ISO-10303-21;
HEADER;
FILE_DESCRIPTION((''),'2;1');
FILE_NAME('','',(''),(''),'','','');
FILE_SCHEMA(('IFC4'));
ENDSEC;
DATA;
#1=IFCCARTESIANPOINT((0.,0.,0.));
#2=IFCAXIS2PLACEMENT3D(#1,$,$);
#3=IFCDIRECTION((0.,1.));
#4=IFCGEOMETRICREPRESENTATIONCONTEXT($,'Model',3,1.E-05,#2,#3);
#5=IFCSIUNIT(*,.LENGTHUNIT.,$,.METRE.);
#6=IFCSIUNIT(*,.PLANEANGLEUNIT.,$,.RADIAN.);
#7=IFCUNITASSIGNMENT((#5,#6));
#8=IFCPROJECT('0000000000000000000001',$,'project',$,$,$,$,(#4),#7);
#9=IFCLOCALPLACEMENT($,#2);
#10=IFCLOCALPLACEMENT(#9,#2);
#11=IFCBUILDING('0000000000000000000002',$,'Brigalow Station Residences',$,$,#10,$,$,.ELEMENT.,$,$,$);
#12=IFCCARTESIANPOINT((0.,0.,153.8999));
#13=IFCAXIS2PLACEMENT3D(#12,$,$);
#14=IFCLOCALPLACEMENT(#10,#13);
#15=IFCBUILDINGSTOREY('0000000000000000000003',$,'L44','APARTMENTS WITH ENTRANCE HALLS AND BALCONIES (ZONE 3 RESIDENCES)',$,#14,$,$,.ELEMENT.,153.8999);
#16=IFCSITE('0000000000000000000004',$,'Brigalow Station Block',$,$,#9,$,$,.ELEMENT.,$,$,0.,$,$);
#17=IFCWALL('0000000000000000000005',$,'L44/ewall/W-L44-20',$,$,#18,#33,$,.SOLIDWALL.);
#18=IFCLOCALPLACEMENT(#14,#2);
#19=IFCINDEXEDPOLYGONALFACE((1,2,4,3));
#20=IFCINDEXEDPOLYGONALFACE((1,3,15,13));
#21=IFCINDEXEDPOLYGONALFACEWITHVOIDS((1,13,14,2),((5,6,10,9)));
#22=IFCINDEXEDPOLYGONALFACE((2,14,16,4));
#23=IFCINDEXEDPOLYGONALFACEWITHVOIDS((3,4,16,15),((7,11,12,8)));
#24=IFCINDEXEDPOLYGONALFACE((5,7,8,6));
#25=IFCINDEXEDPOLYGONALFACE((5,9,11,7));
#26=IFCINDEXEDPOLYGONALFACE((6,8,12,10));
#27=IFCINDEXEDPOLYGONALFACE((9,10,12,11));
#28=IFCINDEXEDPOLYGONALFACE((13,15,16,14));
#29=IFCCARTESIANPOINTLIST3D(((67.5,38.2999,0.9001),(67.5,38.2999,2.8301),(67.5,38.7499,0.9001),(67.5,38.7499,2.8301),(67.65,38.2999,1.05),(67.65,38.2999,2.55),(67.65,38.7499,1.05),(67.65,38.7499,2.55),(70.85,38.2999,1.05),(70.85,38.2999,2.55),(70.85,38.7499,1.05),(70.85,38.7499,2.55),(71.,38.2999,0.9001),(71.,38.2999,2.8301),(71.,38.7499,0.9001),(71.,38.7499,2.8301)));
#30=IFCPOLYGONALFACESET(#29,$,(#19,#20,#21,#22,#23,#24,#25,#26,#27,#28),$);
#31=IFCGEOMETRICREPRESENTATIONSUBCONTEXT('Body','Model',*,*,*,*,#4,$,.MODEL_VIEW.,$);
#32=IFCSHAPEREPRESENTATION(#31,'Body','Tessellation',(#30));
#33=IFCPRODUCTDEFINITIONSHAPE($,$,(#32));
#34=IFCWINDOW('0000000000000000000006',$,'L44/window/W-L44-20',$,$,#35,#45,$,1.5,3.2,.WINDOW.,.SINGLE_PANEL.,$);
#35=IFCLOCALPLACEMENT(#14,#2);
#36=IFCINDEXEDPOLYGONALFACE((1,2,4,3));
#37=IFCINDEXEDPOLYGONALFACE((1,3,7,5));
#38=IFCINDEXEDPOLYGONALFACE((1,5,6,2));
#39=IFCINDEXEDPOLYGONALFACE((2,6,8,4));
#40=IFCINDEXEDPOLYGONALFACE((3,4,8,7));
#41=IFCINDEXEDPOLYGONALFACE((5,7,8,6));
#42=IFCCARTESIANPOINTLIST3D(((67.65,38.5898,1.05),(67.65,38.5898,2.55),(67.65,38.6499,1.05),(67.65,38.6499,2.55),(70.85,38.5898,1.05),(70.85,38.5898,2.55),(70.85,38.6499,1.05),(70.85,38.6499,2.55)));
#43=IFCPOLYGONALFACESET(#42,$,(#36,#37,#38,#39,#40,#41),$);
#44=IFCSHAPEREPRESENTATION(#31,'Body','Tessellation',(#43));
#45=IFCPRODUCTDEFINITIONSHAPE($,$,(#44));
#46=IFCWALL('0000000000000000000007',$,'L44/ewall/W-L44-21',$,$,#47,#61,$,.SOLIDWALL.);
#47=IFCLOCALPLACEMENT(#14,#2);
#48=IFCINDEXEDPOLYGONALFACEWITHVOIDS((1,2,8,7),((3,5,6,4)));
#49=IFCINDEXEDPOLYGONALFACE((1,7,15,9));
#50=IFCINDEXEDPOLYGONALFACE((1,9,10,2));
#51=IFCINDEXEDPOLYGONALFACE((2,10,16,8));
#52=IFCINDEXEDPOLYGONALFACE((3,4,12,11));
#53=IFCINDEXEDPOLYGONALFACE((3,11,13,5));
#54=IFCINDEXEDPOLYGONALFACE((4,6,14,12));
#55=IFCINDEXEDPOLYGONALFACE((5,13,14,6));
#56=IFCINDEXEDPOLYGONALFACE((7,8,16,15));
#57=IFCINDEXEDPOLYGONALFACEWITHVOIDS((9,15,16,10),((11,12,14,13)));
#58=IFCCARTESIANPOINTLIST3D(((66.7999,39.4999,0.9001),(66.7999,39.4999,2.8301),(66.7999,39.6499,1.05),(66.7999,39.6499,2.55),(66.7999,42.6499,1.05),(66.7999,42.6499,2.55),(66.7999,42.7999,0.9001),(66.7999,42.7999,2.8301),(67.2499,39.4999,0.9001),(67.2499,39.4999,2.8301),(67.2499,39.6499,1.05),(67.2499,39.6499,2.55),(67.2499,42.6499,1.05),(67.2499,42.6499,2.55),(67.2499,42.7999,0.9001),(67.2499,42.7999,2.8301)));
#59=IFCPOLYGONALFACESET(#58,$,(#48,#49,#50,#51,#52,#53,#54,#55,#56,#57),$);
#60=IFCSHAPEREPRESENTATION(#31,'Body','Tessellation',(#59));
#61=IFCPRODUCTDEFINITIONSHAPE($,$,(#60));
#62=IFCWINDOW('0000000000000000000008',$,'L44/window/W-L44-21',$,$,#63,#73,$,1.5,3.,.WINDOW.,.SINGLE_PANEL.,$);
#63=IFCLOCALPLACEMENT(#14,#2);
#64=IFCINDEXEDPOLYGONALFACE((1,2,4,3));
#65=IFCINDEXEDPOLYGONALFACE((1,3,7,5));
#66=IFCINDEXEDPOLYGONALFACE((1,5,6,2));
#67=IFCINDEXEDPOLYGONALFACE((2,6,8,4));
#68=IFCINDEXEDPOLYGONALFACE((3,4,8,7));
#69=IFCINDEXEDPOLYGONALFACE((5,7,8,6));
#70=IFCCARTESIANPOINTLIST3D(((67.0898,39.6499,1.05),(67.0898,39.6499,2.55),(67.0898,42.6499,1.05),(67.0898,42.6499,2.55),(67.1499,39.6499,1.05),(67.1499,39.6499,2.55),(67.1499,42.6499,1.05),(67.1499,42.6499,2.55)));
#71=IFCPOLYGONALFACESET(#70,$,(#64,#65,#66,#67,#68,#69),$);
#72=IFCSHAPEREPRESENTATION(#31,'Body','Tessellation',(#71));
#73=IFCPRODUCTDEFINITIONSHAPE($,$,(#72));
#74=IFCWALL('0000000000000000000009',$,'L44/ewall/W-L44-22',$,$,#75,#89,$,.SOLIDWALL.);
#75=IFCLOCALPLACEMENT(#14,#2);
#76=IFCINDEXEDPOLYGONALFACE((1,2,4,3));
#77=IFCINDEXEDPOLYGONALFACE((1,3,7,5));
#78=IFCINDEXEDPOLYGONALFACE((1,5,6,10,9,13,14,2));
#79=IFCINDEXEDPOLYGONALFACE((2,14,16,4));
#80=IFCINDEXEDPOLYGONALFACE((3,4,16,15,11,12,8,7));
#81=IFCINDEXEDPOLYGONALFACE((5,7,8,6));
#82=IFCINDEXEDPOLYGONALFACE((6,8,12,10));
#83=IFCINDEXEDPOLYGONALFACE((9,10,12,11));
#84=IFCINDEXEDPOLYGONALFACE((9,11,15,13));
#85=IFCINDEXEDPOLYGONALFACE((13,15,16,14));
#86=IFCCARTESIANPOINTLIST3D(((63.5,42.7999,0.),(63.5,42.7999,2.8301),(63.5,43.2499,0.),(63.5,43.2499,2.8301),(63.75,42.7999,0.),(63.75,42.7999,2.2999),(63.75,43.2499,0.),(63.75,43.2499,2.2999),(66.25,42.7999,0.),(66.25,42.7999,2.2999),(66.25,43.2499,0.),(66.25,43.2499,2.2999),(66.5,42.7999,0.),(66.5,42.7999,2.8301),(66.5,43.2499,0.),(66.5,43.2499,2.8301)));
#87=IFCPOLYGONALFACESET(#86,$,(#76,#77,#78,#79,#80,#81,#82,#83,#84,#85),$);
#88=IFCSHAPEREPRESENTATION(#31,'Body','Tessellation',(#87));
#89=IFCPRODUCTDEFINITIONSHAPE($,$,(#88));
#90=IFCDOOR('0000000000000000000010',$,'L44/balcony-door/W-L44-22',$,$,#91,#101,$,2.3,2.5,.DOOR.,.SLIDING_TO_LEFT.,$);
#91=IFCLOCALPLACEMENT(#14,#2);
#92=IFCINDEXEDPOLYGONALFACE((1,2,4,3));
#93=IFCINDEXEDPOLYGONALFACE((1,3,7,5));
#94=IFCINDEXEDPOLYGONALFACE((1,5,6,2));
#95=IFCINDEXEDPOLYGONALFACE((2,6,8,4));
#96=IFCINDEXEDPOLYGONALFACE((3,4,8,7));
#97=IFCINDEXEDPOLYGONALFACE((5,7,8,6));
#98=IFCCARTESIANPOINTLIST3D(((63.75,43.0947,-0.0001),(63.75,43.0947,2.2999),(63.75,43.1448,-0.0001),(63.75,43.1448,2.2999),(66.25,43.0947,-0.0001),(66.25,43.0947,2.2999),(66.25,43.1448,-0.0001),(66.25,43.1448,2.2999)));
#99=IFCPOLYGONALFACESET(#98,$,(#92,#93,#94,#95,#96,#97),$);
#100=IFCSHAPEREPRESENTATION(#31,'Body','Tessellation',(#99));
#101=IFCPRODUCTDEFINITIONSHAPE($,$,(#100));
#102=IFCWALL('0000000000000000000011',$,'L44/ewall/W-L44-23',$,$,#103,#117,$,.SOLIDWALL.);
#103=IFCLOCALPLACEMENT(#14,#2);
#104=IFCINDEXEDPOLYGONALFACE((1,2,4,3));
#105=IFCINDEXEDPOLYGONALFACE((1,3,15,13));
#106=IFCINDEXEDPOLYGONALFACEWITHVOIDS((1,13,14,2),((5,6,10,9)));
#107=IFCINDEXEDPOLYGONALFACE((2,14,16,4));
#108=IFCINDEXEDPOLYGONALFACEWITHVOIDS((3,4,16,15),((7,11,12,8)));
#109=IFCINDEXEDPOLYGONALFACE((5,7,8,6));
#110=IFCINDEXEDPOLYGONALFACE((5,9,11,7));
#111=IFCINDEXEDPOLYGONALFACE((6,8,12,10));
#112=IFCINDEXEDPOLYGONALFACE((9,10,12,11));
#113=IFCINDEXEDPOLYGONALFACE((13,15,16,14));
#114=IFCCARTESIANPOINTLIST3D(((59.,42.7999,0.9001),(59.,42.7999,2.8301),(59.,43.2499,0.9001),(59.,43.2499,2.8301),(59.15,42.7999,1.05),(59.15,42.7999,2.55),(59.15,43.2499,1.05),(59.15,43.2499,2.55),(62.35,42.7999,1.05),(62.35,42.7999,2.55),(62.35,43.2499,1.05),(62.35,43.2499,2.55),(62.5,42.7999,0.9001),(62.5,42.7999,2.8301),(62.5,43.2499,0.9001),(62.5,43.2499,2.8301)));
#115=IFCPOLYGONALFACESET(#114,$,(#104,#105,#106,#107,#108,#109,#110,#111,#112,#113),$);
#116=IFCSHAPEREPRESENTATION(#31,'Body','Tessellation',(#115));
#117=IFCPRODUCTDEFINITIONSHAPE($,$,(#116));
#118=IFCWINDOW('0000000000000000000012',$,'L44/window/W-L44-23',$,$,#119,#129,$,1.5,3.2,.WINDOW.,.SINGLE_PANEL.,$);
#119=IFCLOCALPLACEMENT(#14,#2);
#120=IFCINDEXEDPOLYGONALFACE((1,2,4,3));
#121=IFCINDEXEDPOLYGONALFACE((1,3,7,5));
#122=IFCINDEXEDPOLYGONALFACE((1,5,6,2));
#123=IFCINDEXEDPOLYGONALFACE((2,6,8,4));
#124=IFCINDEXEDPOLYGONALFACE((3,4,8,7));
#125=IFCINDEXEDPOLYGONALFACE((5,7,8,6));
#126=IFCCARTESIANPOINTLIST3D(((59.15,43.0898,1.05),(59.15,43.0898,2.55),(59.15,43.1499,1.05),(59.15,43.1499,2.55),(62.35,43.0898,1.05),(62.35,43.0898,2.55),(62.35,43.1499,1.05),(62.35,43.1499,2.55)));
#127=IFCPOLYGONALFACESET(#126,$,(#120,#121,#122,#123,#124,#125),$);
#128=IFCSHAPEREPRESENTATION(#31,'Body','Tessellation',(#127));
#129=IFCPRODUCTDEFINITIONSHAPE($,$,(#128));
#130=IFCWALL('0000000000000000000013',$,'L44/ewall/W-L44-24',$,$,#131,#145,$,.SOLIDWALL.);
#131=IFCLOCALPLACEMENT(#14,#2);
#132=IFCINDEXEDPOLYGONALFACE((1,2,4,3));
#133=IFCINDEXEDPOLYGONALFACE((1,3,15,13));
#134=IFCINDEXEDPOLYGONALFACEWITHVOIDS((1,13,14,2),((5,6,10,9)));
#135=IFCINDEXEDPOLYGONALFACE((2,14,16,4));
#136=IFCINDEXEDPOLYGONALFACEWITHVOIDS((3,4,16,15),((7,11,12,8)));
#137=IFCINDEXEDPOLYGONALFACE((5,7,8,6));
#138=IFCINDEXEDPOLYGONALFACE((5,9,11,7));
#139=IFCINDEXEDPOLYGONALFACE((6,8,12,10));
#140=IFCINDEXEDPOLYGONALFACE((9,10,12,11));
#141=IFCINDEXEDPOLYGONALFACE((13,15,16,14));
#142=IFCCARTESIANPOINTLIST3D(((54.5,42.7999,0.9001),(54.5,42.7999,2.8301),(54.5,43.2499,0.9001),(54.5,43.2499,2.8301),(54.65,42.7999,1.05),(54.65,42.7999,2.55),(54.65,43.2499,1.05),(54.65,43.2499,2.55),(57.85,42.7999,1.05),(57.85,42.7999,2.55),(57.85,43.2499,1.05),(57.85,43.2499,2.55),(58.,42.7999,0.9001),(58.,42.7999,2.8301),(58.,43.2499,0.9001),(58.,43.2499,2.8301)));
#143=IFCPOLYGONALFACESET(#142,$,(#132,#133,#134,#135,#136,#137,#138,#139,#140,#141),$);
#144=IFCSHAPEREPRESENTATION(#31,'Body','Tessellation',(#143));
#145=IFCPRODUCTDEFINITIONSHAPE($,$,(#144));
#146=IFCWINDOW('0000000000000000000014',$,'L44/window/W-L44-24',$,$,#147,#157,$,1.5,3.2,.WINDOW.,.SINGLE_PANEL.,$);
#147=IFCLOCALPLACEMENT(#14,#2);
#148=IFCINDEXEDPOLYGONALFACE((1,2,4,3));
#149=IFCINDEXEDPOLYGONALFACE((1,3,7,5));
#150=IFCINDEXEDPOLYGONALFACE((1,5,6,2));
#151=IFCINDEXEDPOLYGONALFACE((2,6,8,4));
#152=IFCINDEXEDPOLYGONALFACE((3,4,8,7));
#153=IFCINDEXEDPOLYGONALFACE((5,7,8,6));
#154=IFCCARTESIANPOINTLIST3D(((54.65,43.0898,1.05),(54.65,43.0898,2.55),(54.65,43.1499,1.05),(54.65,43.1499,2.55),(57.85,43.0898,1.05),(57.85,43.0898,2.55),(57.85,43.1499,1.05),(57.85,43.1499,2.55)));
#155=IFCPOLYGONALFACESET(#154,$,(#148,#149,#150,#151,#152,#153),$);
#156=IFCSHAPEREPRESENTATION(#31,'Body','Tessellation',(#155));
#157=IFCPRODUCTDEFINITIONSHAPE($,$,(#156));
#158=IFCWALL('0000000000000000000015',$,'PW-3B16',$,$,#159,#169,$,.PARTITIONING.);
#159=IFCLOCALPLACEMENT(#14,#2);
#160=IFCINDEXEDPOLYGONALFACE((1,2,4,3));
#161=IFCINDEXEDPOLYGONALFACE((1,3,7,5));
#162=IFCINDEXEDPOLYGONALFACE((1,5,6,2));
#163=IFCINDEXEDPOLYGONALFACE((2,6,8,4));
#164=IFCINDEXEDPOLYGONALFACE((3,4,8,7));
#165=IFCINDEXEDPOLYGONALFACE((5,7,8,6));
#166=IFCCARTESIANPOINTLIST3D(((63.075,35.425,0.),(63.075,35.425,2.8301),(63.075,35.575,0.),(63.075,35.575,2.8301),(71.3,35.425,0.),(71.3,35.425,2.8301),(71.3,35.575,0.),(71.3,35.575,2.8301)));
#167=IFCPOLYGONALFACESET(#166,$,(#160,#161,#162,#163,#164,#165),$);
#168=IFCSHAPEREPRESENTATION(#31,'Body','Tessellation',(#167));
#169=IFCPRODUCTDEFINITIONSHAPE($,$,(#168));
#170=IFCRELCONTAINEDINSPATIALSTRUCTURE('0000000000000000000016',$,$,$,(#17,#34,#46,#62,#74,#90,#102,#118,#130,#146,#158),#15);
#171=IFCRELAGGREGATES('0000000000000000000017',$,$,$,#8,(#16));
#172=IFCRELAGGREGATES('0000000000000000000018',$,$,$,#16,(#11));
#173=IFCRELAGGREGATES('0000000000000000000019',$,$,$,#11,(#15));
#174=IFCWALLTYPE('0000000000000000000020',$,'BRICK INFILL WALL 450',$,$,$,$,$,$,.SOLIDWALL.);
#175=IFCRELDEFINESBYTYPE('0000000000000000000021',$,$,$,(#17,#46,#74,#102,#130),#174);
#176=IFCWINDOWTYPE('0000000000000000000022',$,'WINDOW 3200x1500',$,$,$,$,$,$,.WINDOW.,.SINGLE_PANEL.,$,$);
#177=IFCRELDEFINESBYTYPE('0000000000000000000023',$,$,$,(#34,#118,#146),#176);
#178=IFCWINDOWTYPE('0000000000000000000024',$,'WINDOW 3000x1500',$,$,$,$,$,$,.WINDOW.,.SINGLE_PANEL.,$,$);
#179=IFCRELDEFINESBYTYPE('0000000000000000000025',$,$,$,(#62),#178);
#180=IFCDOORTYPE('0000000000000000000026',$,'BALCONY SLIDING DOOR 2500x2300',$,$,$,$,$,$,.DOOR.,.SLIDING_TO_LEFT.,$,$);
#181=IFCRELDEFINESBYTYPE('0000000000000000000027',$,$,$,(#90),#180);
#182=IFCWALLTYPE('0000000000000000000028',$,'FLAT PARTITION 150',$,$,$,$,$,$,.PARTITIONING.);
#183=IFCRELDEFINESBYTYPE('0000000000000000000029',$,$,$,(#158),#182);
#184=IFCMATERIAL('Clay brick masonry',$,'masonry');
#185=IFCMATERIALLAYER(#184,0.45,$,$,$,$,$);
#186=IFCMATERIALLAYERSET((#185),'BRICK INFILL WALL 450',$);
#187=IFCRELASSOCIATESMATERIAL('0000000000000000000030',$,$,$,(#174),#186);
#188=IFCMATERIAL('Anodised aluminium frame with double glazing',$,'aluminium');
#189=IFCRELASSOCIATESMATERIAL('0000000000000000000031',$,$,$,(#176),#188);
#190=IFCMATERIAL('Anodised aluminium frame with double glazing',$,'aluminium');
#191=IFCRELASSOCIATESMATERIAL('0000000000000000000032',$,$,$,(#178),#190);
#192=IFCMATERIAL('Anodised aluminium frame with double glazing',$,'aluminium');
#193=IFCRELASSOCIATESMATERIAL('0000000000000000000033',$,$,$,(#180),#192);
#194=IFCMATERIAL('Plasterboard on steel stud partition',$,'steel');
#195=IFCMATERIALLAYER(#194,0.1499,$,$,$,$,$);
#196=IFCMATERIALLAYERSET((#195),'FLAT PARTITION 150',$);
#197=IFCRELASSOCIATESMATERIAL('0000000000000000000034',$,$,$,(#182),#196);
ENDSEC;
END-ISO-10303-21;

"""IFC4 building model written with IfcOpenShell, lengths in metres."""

from ifc_helpers import new_model, si_unit, direction, frame, frame_2d, origin, place, context, subcontext, project, spatial, rectangle, extrude, material, layer, layer_set, type_object, element, fill, save


model = new_model("IFC4")

# Units and contexts
model_context = context("Model", 3, precision=1e-05, world=origin(), true_north=direction((0.0, 1.0)))
body_context = subcontext(model_context, "Body", "Model", "MODEL_VIEW")
ifc_project = project(units=[si_unit("LENGTHUNIT", "METRE"), si_unit("PLANEANGLEUNIT", "RADIAN")], contexts=[model_context])

# Site, building, storey
site_placement = place(None, origin())
site = spatial("IfcSite", under=ifc_project, at=site_placement, Name="Brigalow Station Block", CompositionType="ELEMENT", RefElevation=0.0)
building_placement = place(site_placement, origin())
building = spatial("IfcBuilding", under=site, at=building_placement, Name="Brigalow Station Residences", CompositionType="ELEMENT")
storey_placement = place(building_placement, frame((0.0, 0.0, 153.8999)))
storey = spatial("IfcBuildingStorey", under=building, at=storey_placement, Name="L44", Description="APARTMENTS WITH ENTRANCE HALLS AND BALCONIES (ZONE 3 RESIDENCES)", CompositionType="ELEMENT", Elevation=153.8999)

# Walls, openings, windows
ifc_material_1 = material(Name="Clay brick masonry", Category="masonry")
ifc_layer_1 = layer(ifc_material_1, 0.45)
ifc_layer_set_1 = layer_set([ifc_layer_1], Name="BRICK INFILL WALL 450")
wall_type_1 = type_object("IfcWallType", Name="BRICK INFILL WALL 450", PredefinedType="SOLIDWALL", material=ifc_layer_set_1)
wall_1_placement = place(storey_placement, frame((71.0, 38.5249, 0.9001), z_axis=(0.0, 0.0, 1.0), x_axis=(-1.0, 0.0, 0.0)))
wall_1 = element("IfcWall", 1, at=wall_1_placement, inside=storey, type_object=wall_type_1, Name="L44/ewall/W-L44-20", PredefinedType="SOLIDWALL", context=body_context, shape_type="SweptSolid", body=[
    extrude(rectangle(XDim=3.5, YDim=0.45, at=frame_2d((1.75, 0.0))), origin(), (0.0, 0.0, 1.0), 1.9299),
])
opening_1_placement = place(wall_1_placement, frame((0.1499, 0.0, 0.1499)))
opening_1 = element("IfcOpeningElement", 2, at=opening_1_placement, cuts=wall_1, PredefinedType="OPENING", context=body_context, shape_type="SweptSolid", body=[
    extrude(rectangle(XDim=3.2, YDim=1.5, at=frame_2d((1.6001, 0.75))), frame((0.0, 0.2349, 0.0), z_axis=(0.0, -1.0, 0.0), x_axis=(1.0, 0.0, 0.0)), (0.0, 0.0, 1.0), 0.47),
])
ifc_material_2 = material(Name="Anodised aluminium frame with double glazing", Category="aluminium")
window_type_1 = type_object("IfcWindowType", Name="WINDOW 3200x1500", PartitioningType="SINGLE_PANEL", PredefinedType="WINDOW", material=ifc_material_2)
window_1_placement = place(opening_1_placement, origin())
window_1 = element("IfcWindow", 3, at=window_1_placement, inside=storey, type_object=window_type_1, Name="L44/window/W-L44-20", OverallHeight=1.5, OverallWidth=3.2, PartitioningType="SINGLE_PANEL", PredefinedType="WINDOW", context=body_context, shape_type="SweptSolid", body=[
    extrude(rectangle(XDim=3.2, YDim=1.5, at=frame_2d((1.6001, 0.75))), frame((0.0, -0.0649, 0.0), z_axis=(0.0, -1.0, 0.0), x_axis=(1.0, 0.0, 0.0)), (0.0, 0.0, 1.0), 0.0601),
])
fill(opening_1, window_1)
wall_2_placement = place(storey_placement, frame((67.0249, 39.5, 0.9001), z_axis=(0.0, 0.0, 1.0), x_axis=(0.0, 1.0, 0.0)))
wall_2 = element("IfcWall", 4, at=wall_2_placement, inside=storey, type_object=wall_type_1, Name="L44/ewall/W-L44-21", PredefinedType="SOLIDWALL", context=body_context, shape_type="SweptSolid", body=[
    extrude(rectangle(XDim=3.3, YDim=0.45, at=frame_2d((1.6499, 0.0))), origin(), (0.0, 0.0, 1.0), 1.9299),
])
opening_2_placement = place(wall_2_placement, frame((0.1499, 0.0, 0.1499)))
opening_2 = element("IfcOpeningElement", 5, at=opening_2_placement, cuts=wall_2, PredefinedType="OPENING", context=body_context, shape_type="SweptSolid", body=[
    extrude(rectangle(XDim=3.0, YDim=1.5, at=frame_2d((1.5, 0.75))), frame((0.0, 0.2349, 0.0), z_axis=(0.0, -1.0, 0.0), x_axis=(1.0, 0.0, 0.0)), (0.0, 0.0, 1.0), 0.47),
])
ifc_material_3 = material(Name="Anodised aluminium frame with double glazing", Category="aluminium")
window_type_2 = type_object("IfcWindowType", Name="WINDOW 3000x1500", PartitioningType="SINGLE_PANEL", PredefinedType="WINDOW", material=ifc_material_3)
window_2_placement = place(opening_2_placement, origin())
window_2 = element("IfcWindow", 6, at=window_2_placement, inside=storey, type_object=window_type_2, Name="L44/window/W-L44-21", OverallHeight=1.5, OverallWidth=3.0, PartitioningType="SINGLE_PANEL", PredefinedType="WINDOW", context=body_context, shape_type="SweptSolid", body=[
    extrude(rectangle(XDim=3.0, YDim=1.5, at=frame_2d((1.5, 0.75))), frame((0.0, -0.0649, 0.0), z_axis=(0.0, -1.0, 0.0), x_axis=(1.0, 0.0, 0.0)), (0.0, 0.0, 1.0), 0.0601),
])
fill(opening_2, window_2)

# Wall, opening, door
wall_3_placement = place(storey_placement, frame((66.5, 43.0249, 0.0), z_axis=(0.0, 0.0, 1.0), x_axis=(-1.0, 0.0, 0.0)))
wall_3 = element("IfcWall", 7, at=wall_3_placement, inside=storey, type_object=wall_type_1, Name="L44/ewall/W-L44-22", PredefinedType="SOLIDWALL", context=body_context, shape_type="SweptSolid", body=[
    extrude(rectangle(XDim=3.0, YDim=0.45, at=frame_2d((1.5, 0.0))), origin(), (0.0, 0.0, 1.0), 2.8301),
])
opening_3_placement = place(wall_3_placement, frame((0.25, 0.0, 0.0)))
opening_3 = element("IfcOpeningElement", 8, at=opening_3_placement, cuts=wall_3, PredefinedType="OPENING", context=body_context, shape_type="SweptSolid", body=[
    extrude(rectangle(XDim=2.5, YDim=2.3, at=frame_2d((1.25, 1.1499))), frame((0.0, 0.2349, 0.0), z_axis=(0.0, -1.0, 0.0), x_axis=(1.0, 0.0, 0.0)), (0.0, 0.0, 1.0), 0.47),
])
ifc_material_4 = material(Name="Anodised aluminium frame with double glazing", Category="aluminium")
door_type_1 = type_object("IfcDoorType", Name="BALCONY SLIDING DOOR 2500x2300", OperationType="SLIDING_TO_LEFT", PredefinedType="DOOR", material=ifc_material_4)
door_1_placement = place(opening_3_placement, origin())
door_1 = element("IfcDoor", 9, at=door_1_placement, inside=storey, type_object=door_type_1, Name="L44/balcony-door/W-L44-22", OperationType="SLIDING_TO_LEFT", OverallHeight=2.3, OverallWidth=2.5, PredefinedType="DOOR", context=body_context, shape_type="SweptSolid", body=[
    extrude(rectangle(XDim=2.5, YDim=2.3, at=frame_2d((1.25, 1.1499))), frame((0.0, -0.0698, 0.0), z_axis=(0.0, -1.0, 0.0), x_axis=(1.0, 0.0, 0.0)), (0.0, 0.0, 1.0), 0.05),
])
fill(opening_3, door_1)

# Walls, openings, windows
wall_4_placement = place(storey_placement, frame((62.5, 43.0249, 0.9001), z_axis=(0.0, 0.0, 1.0), x_axis=(-1.0, 0.0, 0.0)))
wall_4 = element("IfcWall", 10, at=wall_4_placement, inside=storey, type_object=wall_type_1, Name="L44/ewall/W-L44-23", PredefinedType="SOLIDWALL", context=body_context, shape_type="SweptSolid", body=[
    extrude(rectangle(XDim=3.5, YDim=0.45, at=frame_2d((1.75, 0.0))), origin(), (0.0, 0.0, 1.0), 1.9299),
])
opening_4_placement = place(wall_4_placement, frame((0.1499, 0.0, 0.1499)))
opening_4 = element("IfcOpeningElement", 11, at=opening_4_placement, cuts=wall_4, PredefinedType="OPENING", context=body_context, shape_type="SweptSolid", body=[
    extrude(rectangle(XDim=3.2, YDim=1.5, at=frame_2d((1.6001, 0.75))), frame((0.0, 0.2349, 0.0), z_axis=(0.0, -1.0, 0.0), x_axis=(1.0, 0.0, 0.0)), (0.0, 0.0, 1.0), 0.47),
])
window_3_placement = place(opening_4_placement, origin())
window_3 = element("IfcWindow", 12, at=window_3_placement, inside=storey, type_object=window_type_1, Name="L44/window/W-L44-23", OverallHeight=1.5, OverallWidth=3.2, PartitioningType="SINGLE_PANEL", PredefinedType="WINDOW", context=body_context, shape_type="SweptSolid", body=[
    extrude(rectangle(XDim=3.2, YDim=1.5, at=frame_2d((1.6001, 0.75))), frame((0.0, -0.0649, 0.0), z_axis=(0.0, -1.0, 0.0), x_axis=(1.0, 0.0, 0.0)), (0.0, 0.0, 1.0), 0.0601),
])
fill(opening_4, window_3)
wall_5_placement = place(storey_placement, frame((58.0, 43.0249, 0.9001), z_axis=(0.0, 0.0, 1.0), x_axis=(-1.0, 0.0, 0.0)))
wall_5 = element("IfcWall", 13, at=wall_5_placement, inside=storey, type_object=wall_type_1, Name="L44/ewall/W-L44-24", PredefinedType="SOLIDWALL", context=body_context, shape_type="SweptSolid", body=[
    extrude(rectangle(XDim=3.5, YDim=0.45, at=frame_2d((1.75, 0.0))), origin(), (0.0, 0.0, 1.0), 1.9299),
])
opening_5_placement = place(wall_5_placement, frame((0.1499, 0.0, 0.1499)))
opening_5 = element("IfcOpeningElement", 14, at=opening_5_placement, cuts=wall_5, PredefinedType="OPENING", context=body_context, shape_type="SweptSolid", body=[
    extrude(rectangle(XDim=3.2, YDim=1.5, at=frame_2d((1.6001, 0.75))), frame((0.0, 0.2349, 0.0), z_axis=(0.0, -1.0, 0.0), x_axis=(1.0, 0.0, 0.0)), (0.0, 0.0, 1.0), 0.47),
])
window_4_placement = place(opening_5_placement, origin())
window_4 = element("IfcWindow", 15, at=window_4_placement, inside=storey, type_object=window_type_1, Name="L44/window/W-L44-24", OverallHeight=1.5, OverallWidth=3.2, PartitioningType="SINGLE_PANEL", PredefinedType="WINDOW", context=body_context, shape_type="SweptSolid", body=[
    extrude(rectangle(XDim=3.2, YDim=1.5, at=frame_2d((1.6001, 0.75))), frame((0.0, -0.0649, 0.0), z_axis=(0.0, -1.0, 0.0), x_axis=(1.0, 0.0, 0.0)), (0.0, 0.0, 1.0), 0.0601),
])
fill(opening_5, window_4)

# Wall
ifc_material_5 = material(Name="Plasterboard on steel stud partition", Category="steel")
ifc_layer_2 = layer(ifc_material_5, 0.1499)
ifc_layer_set_2 = layer_set([ifc_layer_2], Name="FLAT PARTITION 150")
wall_type_2 = type_object("IfcWallType", Name="FLAT PARTITION 150", PredefinedType="PARTITIONING", material=ifc_layer_set_2)
wall_6_placement = place(storey_placement, frame((63.075, 35.5, 0.0), z_axis=(0.0, 0.0, 1.0), x_axis=(1.0, 0.0, 0.0)))
element("IfcWall", 16, at=wall_6_placement, inside=storey, type_object=wall_type_2, Name="PW-3B16", PredefinedType="PARTITIONING", context=body_context, shape_type="SweptSolid", body=[
    extrude(rectangle(XDim=8.2251, YDim=0.1499, at=frame_2d((4.1125, 0.0))), origin(), (0.0, 0.0, 1.0), 2.8301),
])

save(model, "model.ifc")
